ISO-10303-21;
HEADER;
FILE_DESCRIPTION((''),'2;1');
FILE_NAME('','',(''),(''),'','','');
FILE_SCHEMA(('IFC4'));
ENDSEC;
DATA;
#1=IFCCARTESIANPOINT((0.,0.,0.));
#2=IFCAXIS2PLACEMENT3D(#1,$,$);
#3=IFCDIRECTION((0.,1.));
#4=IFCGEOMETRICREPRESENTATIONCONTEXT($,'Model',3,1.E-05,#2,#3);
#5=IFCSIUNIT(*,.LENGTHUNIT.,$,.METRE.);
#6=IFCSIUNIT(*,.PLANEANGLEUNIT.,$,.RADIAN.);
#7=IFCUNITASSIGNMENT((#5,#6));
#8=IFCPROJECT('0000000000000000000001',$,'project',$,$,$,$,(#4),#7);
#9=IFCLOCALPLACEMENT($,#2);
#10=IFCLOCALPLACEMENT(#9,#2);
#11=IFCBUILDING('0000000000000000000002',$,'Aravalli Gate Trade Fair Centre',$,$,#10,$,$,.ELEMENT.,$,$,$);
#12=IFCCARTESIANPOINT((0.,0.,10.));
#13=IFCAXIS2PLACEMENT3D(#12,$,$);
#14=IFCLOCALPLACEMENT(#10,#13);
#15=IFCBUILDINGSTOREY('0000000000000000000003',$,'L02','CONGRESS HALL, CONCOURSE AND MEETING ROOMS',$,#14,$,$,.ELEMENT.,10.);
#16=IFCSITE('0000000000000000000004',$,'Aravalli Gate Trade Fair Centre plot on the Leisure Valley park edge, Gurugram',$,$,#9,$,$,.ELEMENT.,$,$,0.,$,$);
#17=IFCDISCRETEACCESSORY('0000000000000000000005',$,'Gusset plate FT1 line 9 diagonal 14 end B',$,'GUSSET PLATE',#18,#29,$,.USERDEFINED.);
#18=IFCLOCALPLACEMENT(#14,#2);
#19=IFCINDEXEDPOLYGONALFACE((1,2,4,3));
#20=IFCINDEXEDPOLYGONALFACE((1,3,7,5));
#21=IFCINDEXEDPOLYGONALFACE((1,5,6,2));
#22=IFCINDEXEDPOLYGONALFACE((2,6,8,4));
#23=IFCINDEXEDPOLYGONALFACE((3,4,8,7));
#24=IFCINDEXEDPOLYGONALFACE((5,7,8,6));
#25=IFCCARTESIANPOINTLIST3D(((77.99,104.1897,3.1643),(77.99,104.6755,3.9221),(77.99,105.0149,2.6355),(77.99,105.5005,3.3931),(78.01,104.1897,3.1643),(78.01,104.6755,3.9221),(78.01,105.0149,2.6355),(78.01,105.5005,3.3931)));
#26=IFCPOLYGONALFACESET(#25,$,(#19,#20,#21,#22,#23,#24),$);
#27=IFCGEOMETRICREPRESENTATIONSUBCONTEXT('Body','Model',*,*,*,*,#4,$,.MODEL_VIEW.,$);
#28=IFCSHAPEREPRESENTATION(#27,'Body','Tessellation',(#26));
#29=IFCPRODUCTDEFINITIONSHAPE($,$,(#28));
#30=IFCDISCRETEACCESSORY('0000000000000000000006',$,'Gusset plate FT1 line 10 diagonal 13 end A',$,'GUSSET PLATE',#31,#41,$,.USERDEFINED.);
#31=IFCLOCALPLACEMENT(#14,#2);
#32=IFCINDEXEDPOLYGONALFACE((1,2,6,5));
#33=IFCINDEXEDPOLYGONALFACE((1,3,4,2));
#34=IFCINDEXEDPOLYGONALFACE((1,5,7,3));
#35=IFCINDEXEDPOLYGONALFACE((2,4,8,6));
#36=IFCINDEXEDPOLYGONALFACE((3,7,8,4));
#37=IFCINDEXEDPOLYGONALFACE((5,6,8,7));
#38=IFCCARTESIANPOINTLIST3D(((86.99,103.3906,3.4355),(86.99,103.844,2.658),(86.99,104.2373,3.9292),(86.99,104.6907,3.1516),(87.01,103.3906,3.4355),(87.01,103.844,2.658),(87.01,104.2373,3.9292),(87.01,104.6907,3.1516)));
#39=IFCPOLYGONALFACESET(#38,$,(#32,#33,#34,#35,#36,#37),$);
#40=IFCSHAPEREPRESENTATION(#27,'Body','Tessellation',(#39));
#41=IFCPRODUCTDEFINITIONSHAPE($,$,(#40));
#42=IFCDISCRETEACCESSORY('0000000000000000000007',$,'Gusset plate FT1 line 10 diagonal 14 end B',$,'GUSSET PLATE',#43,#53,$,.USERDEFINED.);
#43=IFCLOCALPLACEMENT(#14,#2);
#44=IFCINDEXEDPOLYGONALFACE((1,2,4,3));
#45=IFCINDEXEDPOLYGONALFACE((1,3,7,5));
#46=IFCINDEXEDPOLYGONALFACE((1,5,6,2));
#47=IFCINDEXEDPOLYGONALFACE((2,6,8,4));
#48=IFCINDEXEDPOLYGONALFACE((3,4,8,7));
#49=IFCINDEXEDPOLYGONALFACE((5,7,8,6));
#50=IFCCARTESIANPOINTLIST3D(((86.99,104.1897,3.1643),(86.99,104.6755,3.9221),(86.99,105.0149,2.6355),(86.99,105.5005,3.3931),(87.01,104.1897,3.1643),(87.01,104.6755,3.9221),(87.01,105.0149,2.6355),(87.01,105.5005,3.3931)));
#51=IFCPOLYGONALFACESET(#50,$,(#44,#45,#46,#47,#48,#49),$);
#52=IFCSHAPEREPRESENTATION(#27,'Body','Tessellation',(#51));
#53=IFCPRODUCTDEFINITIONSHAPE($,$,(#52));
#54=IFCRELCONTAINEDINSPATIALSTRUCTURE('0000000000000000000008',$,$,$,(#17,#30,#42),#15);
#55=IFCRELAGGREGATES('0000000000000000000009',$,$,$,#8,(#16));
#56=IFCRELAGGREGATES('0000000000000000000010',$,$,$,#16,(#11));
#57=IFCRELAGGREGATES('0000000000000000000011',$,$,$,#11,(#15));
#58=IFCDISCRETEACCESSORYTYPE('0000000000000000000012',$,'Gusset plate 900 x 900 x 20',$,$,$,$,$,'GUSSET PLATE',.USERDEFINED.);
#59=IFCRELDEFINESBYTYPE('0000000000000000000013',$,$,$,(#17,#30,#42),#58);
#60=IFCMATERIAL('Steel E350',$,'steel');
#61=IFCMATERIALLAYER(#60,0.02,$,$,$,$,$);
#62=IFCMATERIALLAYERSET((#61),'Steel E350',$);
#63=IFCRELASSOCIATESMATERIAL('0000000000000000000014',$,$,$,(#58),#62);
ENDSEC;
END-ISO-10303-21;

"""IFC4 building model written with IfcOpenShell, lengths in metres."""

from ifc_helpers import new_model, si_unit, direction, frame, origin, place, context, subcontext, project, spatial, polyline, outline, extrude, material, layer, layer_set, type_object, element, save


model = new_model("IFC4")

# Units and contexts
model_context = context("Model", 3, precision=1e-05, world=origin(), true_north=direction((0.0, 1.0)))
body_context = subcontext(model_context, "Body", "Model", "MODEL_VIEW")
ifc_project = project(units=[si_unit("LENGTHUNIT", "METRE"), si_unit("PLANEANGLEUNIT", "RADIAN")], contexts=[model_context])

# Site, building, storey
site_placement = place(None, origin())
site = spatial("IfcSite", under=ifc_project, at=site_placement, Name="Aravalli Gate Trade Fair Centre plot on the Leisure Valley park edge, Gurugram", CompositionType="ELEMENT", RefElevation=0.0)
building_placement = place(site_placement, origin())
building = spatial("IfcBuilding", under=site, at=building_placement, Name="Aravalli Gate Trade Fair Centre", CompositionType="ELEMENT")
storey_placement = place(building_placement, frame((0.0, 0.0, 10.0)))
storey = spatial("IfcBuildingStorey", under=building, at=storey_placement, Name="L02", Description="CONGRESS HALL, CONCOURSE AND MEETING ROOMS", CompositionType="ELEMENT", Elevation=10.0)

# Shared definitions
ifc_material_1 = material(Name="Steel E350", Category="steel")

# Discrete accessories
ifc_layer_1 = layer(ifc_material_1, 0.02)
ifc_layer_set_1 = layer_set([ifc_layer_1], Name="Steel E350")
discrete_accessory_type = type_object("IfcDiscreteAccessoryType", Name="Gusset plate 900 x 900 x 20", ElementType="GUSSET PLATE", PredefinedType="USERDEFINED", material=ifc_layer_set_1)
discrete_accessory_1_placement = place(storey_placement, frame((77.99, 105.0149, 2.6355), z_axis=(-1.0, 0.0, 0.0), x_axis=(0.0, -0.841955, 0.539548)))
element("IfcDiscreteAccessory", 1, at=discrete_accessory_1_placement, inside=storey, type_object=discrete_accessory_type, Name="Gusset plate FT1 line 9 diagonal 14 end B", ObjectType="GUSSET PLATE", PredefinedType="USERDEFINED", context=body_context, shape_type="SweptSolid", body=[
    extrude(outline(polyline([(0.0, 0.0), (0.9801, 0.0), (0.9799, 0.9002), (-0.0001, 0.8998), (0.0, 0.0)])), origin(), (0.0, 0.0, -1.0), 0.02),
])
discrete_accessory_2_placement = place(storey_placement, frame((86.99, 103.3906, 3.4355), z_axis=(-1.0, 0.0, 0.0), x_axis=(0.0, 0.863887, 0.503685)))
element("IfcDiscreteAccessory", 2, at=discrete_accessory_2_placement, inside=storey, type_object=discrete_accessory_type, Name="Gusset plate FT1 line 10 diagonal 13 end A", ObjectType="GUSSET PLATE", PredefinedType="USERDEFINED", context=body_context, shape_type="SweptSolid", body=[
    extrude(outline(polyline([(0.0, 0.0), (0.9801, 0.0), (0.9801, 0.9001), (0.0, 0.9001), (0.0, 0.0)])), origin(), (0.0, 0.0, -1.0), 0.02),
])
discrete_accessory_3_placement = place(storey_placement, frame((86.99, 105.0149, 2.6355), z_axis=(-1.0, 0.0, 0.0), x_axis=(0.0, -0.841955, 0.539548)))
element("IfcDiscreteAccessory", 3, at=discrete_accessory_3_placement, inside=storey, type_object=discrete_accessory_type, Name="Gusset plate FT1 line 10 diagonal 14 end B", ObjectType="GUSSET PLATE", PredefinedType="USERDEFINED", context=body_context, shape_type="SweptSolid", body=[
    extrude(outline(polyline([(0.0, 0.0), (0.9801, 0.0), (0.9799, 0.9002), (-0.0001, 0.8998), (0.0, 0.0)])), origin(), (0.0, 0.0, -1.0), 0.02),
])

save(model, "model.ifc")
